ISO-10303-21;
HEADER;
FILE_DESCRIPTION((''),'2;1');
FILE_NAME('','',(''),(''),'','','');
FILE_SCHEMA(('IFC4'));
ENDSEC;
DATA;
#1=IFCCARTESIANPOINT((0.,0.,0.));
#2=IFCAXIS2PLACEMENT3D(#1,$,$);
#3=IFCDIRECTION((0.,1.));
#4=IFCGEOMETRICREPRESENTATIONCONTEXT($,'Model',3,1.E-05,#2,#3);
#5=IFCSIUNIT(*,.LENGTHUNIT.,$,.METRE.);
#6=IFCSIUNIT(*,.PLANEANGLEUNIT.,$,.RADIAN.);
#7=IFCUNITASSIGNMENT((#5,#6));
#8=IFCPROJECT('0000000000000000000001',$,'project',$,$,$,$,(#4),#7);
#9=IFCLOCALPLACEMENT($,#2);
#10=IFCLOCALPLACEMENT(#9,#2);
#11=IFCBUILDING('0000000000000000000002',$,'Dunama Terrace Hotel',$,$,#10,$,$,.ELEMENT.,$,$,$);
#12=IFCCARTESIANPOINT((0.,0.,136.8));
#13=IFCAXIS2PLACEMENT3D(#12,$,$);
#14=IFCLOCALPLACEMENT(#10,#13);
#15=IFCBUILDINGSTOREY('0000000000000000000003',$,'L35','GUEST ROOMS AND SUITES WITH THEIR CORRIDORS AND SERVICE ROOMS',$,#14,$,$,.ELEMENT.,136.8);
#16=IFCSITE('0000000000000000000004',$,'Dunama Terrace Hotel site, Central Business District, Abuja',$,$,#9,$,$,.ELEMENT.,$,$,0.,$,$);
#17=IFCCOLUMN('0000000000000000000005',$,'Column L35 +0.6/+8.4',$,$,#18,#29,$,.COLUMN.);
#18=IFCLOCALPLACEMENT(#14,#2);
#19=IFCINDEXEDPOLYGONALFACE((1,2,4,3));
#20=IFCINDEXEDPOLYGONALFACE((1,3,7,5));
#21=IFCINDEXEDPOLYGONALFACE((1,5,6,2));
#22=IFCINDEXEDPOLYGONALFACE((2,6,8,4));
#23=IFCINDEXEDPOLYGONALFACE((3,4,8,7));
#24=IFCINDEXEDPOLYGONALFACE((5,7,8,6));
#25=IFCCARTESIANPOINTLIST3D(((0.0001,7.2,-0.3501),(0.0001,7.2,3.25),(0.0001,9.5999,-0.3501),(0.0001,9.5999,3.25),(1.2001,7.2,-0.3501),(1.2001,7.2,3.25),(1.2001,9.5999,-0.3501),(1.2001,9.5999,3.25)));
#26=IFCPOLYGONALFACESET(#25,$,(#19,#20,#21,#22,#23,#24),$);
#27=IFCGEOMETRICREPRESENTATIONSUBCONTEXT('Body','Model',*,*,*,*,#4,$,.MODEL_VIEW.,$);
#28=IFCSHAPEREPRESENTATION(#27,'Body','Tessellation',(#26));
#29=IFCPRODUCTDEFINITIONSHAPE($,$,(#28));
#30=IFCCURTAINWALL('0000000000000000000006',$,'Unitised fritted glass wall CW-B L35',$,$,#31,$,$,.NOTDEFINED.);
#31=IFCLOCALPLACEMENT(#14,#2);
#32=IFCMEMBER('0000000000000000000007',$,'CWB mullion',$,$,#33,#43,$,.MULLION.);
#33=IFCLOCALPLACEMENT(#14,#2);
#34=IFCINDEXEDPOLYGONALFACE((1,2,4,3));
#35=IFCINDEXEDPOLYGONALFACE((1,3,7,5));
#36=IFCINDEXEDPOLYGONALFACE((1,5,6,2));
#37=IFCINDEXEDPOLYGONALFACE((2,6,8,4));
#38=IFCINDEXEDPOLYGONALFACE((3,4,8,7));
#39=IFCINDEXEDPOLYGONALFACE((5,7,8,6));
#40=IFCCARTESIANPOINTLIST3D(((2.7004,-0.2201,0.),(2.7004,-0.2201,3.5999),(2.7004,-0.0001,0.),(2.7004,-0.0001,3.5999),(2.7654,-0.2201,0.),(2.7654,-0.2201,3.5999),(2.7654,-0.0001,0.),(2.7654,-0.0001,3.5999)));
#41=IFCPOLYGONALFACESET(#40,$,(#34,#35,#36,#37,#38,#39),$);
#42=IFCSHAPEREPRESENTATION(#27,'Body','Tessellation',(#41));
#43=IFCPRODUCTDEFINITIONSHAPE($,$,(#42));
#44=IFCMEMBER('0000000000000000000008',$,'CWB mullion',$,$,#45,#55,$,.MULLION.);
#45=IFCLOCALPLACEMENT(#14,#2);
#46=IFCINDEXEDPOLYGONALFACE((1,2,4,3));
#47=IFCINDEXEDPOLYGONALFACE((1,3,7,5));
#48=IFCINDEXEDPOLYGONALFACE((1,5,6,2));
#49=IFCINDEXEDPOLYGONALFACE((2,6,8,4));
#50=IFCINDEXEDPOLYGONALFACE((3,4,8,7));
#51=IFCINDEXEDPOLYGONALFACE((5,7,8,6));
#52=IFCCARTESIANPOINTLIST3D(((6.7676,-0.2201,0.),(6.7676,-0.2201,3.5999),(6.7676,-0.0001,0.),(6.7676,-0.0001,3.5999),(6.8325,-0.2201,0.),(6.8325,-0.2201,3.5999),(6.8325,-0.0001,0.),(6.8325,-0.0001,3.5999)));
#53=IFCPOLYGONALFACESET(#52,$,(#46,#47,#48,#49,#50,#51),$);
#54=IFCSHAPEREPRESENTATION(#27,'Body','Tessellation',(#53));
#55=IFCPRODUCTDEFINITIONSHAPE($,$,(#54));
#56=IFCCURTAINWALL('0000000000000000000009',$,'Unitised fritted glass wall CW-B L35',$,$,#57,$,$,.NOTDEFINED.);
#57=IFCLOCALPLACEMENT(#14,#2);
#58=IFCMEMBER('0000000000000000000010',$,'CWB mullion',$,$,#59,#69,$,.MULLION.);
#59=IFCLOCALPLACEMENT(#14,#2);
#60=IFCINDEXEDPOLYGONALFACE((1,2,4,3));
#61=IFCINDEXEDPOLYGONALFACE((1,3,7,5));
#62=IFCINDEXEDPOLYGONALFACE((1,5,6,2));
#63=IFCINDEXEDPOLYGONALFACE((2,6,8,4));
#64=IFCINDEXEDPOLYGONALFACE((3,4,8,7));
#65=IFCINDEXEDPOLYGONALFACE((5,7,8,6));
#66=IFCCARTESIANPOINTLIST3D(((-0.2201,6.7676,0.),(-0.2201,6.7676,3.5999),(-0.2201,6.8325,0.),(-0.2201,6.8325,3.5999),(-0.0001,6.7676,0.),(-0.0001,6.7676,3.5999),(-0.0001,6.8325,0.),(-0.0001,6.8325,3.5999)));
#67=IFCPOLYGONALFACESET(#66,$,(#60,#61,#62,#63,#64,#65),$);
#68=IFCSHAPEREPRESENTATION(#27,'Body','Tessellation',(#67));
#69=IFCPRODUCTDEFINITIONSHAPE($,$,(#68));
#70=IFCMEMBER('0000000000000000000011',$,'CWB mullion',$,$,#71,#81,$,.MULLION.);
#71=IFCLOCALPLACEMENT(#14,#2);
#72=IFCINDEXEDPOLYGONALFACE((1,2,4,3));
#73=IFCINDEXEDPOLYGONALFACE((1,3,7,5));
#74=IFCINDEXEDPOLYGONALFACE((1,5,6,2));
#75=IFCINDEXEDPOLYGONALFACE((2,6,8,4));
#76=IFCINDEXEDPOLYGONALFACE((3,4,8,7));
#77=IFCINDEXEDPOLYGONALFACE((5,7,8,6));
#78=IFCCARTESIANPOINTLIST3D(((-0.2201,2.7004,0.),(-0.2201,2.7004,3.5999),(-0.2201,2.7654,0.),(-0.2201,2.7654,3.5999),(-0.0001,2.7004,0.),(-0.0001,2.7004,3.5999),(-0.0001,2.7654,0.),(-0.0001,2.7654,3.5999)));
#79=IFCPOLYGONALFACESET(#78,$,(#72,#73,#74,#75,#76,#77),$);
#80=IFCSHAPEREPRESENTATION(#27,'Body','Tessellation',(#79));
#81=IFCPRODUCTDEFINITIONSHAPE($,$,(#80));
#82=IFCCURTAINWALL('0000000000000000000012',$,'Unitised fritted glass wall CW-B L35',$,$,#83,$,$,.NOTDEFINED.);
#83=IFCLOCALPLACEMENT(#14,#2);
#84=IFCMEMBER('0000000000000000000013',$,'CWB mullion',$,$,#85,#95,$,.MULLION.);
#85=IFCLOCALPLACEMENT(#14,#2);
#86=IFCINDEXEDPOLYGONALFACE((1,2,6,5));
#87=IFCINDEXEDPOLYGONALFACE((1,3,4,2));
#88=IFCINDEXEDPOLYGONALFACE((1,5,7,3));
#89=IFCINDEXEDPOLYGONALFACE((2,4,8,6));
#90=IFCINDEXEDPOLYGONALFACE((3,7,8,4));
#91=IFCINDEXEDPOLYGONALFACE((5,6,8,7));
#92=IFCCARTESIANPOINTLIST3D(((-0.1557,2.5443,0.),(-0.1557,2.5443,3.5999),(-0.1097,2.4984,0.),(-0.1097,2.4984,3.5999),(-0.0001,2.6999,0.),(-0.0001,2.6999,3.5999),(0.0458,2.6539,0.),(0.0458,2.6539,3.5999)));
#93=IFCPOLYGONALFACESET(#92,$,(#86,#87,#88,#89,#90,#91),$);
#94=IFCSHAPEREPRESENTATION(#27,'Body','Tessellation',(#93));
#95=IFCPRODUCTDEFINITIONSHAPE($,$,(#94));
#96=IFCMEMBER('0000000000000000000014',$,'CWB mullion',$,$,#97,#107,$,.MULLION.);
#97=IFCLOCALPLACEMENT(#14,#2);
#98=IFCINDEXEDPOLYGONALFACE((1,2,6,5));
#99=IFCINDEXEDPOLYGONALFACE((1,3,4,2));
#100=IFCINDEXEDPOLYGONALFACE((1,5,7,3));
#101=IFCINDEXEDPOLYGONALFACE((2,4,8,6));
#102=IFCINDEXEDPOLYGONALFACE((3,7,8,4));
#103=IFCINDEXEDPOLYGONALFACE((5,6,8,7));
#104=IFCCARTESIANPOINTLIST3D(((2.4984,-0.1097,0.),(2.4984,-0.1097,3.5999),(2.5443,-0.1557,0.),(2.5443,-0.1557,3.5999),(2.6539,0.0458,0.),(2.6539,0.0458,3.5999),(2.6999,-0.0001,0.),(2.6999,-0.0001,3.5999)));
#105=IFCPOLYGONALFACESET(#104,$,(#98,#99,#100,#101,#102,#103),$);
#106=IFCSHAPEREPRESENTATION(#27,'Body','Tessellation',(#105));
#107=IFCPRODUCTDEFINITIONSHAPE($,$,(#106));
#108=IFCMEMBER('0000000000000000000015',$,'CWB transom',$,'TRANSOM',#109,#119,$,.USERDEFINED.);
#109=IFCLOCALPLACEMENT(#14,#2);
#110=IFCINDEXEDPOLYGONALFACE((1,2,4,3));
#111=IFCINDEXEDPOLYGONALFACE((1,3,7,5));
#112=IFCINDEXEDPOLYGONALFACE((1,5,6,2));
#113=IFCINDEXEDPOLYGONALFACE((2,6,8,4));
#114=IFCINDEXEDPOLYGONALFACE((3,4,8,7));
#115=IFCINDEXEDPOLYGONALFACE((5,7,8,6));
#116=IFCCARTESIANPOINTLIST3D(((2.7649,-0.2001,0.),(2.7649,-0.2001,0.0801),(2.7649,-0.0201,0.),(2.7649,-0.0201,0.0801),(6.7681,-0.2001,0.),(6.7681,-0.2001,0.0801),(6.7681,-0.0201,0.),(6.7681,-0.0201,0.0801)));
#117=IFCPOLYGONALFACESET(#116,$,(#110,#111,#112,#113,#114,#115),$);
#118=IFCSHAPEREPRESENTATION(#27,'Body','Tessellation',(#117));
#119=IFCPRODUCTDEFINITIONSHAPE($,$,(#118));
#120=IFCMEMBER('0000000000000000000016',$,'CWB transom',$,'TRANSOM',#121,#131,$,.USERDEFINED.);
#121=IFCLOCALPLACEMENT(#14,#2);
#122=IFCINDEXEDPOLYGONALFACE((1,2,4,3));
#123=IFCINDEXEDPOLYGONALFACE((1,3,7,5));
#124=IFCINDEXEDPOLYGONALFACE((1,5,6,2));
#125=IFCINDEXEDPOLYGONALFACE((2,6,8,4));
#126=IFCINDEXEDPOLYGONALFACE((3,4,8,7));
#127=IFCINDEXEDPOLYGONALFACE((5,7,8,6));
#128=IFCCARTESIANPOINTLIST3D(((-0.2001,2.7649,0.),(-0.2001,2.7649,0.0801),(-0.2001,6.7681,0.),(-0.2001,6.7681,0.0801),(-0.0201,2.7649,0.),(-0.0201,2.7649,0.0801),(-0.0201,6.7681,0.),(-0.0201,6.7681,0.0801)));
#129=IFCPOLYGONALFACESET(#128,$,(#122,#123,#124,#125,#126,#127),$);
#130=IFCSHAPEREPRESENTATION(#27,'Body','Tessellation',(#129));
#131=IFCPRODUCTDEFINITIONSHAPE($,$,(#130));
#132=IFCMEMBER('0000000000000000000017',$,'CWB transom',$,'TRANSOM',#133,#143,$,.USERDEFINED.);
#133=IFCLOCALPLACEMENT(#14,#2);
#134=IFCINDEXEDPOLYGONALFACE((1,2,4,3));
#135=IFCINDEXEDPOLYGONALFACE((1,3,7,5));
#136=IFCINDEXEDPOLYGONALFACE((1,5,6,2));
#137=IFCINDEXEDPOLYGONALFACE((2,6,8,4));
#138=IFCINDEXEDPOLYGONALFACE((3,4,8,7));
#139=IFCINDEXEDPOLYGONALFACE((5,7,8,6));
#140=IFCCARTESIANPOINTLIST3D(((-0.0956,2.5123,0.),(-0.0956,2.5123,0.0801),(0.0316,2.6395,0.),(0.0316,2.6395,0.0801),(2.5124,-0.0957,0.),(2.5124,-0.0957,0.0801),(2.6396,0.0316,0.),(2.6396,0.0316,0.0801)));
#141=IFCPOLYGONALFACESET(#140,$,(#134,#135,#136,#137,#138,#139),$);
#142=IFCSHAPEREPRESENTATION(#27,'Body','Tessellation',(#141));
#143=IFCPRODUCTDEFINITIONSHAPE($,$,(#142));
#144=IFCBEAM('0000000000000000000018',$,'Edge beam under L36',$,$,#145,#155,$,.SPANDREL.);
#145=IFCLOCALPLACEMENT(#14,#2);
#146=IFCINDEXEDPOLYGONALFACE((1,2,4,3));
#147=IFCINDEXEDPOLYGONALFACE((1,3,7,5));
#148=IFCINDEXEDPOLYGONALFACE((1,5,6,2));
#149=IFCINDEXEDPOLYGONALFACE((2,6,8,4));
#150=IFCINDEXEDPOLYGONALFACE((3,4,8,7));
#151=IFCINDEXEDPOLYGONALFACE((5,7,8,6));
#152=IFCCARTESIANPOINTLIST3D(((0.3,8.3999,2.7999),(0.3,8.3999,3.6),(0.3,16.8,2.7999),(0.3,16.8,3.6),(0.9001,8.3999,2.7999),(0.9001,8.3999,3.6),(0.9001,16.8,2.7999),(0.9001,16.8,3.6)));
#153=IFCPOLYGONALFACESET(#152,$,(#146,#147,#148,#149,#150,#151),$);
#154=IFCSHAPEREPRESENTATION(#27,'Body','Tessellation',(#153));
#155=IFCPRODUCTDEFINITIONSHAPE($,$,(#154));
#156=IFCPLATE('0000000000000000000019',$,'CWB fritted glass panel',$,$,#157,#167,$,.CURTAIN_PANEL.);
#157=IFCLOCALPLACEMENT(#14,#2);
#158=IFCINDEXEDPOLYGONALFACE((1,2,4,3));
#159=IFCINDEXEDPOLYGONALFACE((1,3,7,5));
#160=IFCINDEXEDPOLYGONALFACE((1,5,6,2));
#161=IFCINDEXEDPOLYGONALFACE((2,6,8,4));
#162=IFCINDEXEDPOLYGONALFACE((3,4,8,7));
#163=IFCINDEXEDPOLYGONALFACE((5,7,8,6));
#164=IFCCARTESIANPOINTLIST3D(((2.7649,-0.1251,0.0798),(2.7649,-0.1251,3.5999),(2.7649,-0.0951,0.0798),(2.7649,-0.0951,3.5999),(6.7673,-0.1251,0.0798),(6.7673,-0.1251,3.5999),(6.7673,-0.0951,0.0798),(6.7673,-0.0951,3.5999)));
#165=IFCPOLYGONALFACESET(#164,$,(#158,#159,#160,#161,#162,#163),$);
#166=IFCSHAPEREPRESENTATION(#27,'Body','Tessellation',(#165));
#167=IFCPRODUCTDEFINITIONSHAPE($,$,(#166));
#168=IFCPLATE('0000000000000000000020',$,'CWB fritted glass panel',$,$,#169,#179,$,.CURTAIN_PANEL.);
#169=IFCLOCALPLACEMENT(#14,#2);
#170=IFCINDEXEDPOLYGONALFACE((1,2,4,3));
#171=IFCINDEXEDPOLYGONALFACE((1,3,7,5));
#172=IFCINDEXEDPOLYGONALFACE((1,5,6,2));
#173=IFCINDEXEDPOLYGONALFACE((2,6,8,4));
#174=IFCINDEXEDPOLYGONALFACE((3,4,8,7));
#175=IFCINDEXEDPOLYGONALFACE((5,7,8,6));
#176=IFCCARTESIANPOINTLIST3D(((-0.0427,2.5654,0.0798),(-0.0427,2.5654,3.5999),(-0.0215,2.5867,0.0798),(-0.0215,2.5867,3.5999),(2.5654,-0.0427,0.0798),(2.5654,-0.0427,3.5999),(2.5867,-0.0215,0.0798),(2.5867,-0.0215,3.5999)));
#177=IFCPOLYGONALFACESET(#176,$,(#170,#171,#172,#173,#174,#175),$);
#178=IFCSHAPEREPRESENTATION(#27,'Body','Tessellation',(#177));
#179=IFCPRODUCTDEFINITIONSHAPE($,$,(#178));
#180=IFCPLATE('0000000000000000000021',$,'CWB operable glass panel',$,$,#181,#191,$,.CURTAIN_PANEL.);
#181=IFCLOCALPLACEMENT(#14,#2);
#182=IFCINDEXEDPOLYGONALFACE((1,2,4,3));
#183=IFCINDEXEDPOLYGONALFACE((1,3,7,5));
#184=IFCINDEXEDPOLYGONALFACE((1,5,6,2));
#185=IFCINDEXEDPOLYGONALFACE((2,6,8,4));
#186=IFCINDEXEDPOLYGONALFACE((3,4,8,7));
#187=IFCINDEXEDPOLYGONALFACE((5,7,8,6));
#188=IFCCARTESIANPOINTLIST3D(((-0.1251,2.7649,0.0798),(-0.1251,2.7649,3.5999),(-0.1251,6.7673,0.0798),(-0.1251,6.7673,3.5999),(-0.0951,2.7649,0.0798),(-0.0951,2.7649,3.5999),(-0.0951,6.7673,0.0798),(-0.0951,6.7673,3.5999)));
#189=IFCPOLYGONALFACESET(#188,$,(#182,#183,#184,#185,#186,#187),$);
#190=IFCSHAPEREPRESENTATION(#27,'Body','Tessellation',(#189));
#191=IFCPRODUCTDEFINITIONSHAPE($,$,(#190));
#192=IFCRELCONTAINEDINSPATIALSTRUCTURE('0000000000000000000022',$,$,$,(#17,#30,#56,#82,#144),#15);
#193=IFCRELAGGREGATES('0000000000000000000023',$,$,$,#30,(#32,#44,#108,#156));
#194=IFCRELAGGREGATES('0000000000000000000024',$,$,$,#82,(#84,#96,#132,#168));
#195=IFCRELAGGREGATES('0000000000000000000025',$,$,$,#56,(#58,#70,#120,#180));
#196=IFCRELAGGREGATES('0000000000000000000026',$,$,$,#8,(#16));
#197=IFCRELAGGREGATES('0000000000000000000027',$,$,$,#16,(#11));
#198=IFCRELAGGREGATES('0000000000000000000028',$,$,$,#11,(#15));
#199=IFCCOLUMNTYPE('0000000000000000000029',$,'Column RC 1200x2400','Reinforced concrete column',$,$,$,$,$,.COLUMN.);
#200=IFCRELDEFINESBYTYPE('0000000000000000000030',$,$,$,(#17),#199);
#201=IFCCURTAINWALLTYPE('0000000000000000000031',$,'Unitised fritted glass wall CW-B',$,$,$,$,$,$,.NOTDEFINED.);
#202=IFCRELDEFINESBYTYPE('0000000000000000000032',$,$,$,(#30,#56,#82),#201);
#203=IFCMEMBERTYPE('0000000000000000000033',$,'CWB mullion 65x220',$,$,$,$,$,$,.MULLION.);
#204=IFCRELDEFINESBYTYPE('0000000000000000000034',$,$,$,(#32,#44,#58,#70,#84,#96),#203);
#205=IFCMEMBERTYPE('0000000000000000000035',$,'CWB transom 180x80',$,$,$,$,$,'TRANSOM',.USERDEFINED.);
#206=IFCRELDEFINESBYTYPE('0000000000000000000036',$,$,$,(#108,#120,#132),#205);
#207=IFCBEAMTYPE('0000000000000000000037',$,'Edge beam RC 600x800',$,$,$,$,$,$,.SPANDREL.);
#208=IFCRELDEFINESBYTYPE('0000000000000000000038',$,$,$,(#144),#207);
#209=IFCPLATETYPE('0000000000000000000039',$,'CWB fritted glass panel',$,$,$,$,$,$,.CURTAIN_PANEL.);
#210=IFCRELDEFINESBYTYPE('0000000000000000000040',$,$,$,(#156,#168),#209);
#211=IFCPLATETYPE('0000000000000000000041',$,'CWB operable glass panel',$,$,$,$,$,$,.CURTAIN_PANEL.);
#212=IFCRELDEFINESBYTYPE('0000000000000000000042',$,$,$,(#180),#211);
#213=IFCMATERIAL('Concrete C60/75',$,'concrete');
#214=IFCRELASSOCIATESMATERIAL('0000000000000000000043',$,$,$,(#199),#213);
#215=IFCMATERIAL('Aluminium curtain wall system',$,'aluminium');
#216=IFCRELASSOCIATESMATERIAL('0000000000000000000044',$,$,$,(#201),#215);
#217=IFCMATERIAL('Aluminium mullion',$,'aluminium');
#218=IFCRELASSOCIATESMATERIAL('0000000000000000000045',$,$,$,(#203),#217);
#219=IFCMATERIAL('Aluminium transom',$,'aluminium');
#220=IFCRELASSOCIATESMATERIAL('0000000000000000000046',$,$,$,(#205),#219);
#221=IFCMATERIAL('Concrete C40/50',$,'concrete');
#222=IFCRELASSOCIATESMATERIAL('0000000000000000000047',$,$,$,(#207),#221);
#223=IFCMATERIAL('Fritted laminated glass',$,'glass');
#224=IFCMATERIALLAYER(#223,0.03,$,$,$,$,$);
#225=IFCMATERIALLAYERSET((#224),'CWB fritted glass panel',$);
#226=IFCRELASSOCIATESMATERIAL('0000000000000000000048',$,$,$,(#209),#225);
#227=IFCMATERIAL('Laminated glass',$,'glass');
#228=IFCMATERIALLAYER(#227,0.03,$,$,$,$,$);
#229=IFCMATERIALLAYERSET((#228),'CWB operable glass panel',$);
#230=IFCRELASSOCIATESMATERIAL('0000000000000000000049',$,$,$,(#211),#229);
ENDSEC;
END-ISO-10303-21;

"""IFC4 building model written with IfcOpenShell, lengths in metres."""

from ifc_helpers import new_model, si_unit, direction, frame, origin, origin_2d, place, context, subcontext, project, spatial, rectangle, extrude, material, layer, layer_set, material_profile, profile_set, type_object, element, aggregate, save


model = new_model("IFC4")

# Units and contexts
model_context = context("Model", 3, precision=1e-05, world=origin(), true_north=direction((0.0, 1.0)))
body_context = subcontext(model_context, "Body", "Model", "MODEL_VIEW")
ifc_project = project(units=[si_unit("LENGTHUNIT", "METRE"), si_unit("PLANEANGLEUNIT", "RADIAN")], contexts=[model_context])

# Site, building, storey
site_placement = place(None, origin())
site = spatial("IfcSite", under=ifc_project, at=site_placement, Name="Dunama Terrace Hotel site, Central Business District, Abuja", CompositionType="ELEMENT", RefElevation=0.0)
building_placement = place(site_placement, origin())
building = spatial("IfcBuilding", under=site, at=building_placement, Name="Dunama Terrace Hotel", CompositionType="ELEMENT")
storey_placement = place(building_placement, frame((0.0, 0.0, 136.8)))
storey = spatial("IfcBuildingStorey", under=building, at=storey_placement, Name="L35", Description="GUEST ROOMS AND SUITES WITH THEIR CORRIDORS AND SERVICE ROOMS", CompositionType="ELEMENT", Elevation=136.8)

# Column
ifc_material_1 = material(Name="Concrete C60/75", Category="concrete")
ifc_material_profile_1 = material_profile(ifc_material_1, rectangle(XDim=1.2, YDim=2.3999, at=origin_2d()), Name="RC 1200x2400")
ifc_profile_set_1 = profile_set([ifc_material_profile_1], Name="Concrete C60/75")
column_type = type_object("IfcColumnType", Name="Column RC 1200x2400", Description="Reinforced concrete column", PredefinedType="COLUMN", material=ifc_profile_set_1)
column_placement = place(storey_placement, frame((0.6001, 8.3999, -0.3501), z_axis=(0.0, 0.0, 1.0), x_axis=(1.0, 0.0, 0.0)))
element("IfcColumn", 1, at=column_placement, inside=storey, type_object=column_type, Name="Column L35 +0.6/+8.4", PredefinedType="COLUMN", context=body_context, shape_type="SweptSolid", body=[
    extrude(rectangle(XDim=1.2, YDim=2.3999, at=origin_2d()), origin(), (0.0, 0.0, 1.0), 3.6001),
])

# Curtain walls, members
ifc_material_2 = material(Name="Aluminium curtain wall system", Category="aluminium")
curtain_wall_type = type_object("IfcCurtainWallType", Name="Unitised fritted glass wall CW-B", PredefinedType="NOTDEFINED", material=ifc_material_2)
curtain_wall_1_placement = place(storey_placement, origin())
curtain_wall_1 = element("IfcCurtainWall", 2, at=curtain_wall_1_placement, inside=storey, type_object=curtain_wall_type, Name="Unitised fritted glass wall CW-B L35", PredefinedType="NOTDEFINED")
ifc_material_3 = material(Name="Aluminium mullion", Category="aluminium")
ifc_material_profile_2 = material_profile(ifc_material_3, rectangle(XDim=0.0649, YDim=0.22, at=origin_2d()), Name="CWB MULLION 65X220")
ifc_profile_set_2 = profile_set([ifc_material_profile_2], Name="Aluminium mullion")
member_type_1 = type_object("IfcMemberType", Name="CWB mullion 65x220", PredefinedType="MULLION", material=ifc_profile_set_2)
member_1_placement = place(storey_placement, frame((2.7329, -0.1101, 0.0), z_axis=(0.0, 0.0, 1.0), x_axis=(1.0, 0.0, 0.0)))
member_1 = element("IfcMember", 3, at=member_1_placement, type_object=member_type_1, Name="CWB mullion", PredefinedType="MULLION", context=body_context, shape_type="SweptSolid", body=[
    extrude(rectangle(XDim=0.0649, YDim=0.22, at=origin_2d()), origin(), (0.0, 0.0, 1.0), 3.5999),
])
member_2_placement = place(storey_placement, frame((6.8, -0.1101, 0.0), z_axis=(0.0, 0.0, 1.0), x_axis=(1.0, 0.0, 0.0)))
member_2 = element("IfcMember", 4, at=member_2_placement, type_object=member_type_1, Name="CWB mullion", PredefinedType="MULLION", context=body_context, shape_type="SweptSolid", body=[
    extrude(rectangle(XDim=0.0649, YDim=0.22, at=origin_2d()), origin(), (0.0, 0.0, 1.0), 3.5999),
])
curtain_wall_2_placement = place(storey_placement, origin())
curtain_wall_2 = element("IfcCurtainWall", 5, at=curtain_wall_2_placement, inside=storey, type_object=curtain_wall_type, Name="Unitised fritted glass wall CW-B L35", PredefinedType="NOTDEFINED")
member_3_placement = place(storey_placement, frame((-0.1101, 6.8, 0.0), z_axis=(0.0, 0.0, 1.0), x_axis=(0.0, -1.0, 0.0)))
member_3 = element("IfcMember", 6, at=member_3_placement, type_object=member_type_1, Name="CWB mullion", PredefinedType="MULLION", context=body_context, shape_type="SweptSolid", body=[
    extrude(rectangle(XDim=0.0649, YDim=0.22, at=origin_2d()), origin(), (0.0, 0.0, 1.0), 3.5999),
])
member_4_placement = place(storey_placement, frame((-0.1101, 2.7329, 0.0), z_axis=(0.0, 0.0, 1.0), x_axis=(0.0, -1.0, 0.0)))
member_4 = element("IfcMember", 7, at=member_4_placement, type_object=member_type_1, Name="CWB mullion", PredefinedType="MULLION", context=body_context, shape_type="SweptSolid", body=[
    extrude(rectangle(XDim=0.0649, YDim=0.22, at=origin_2d()), origin(), (0.0, 0.0, 1.0), 3.5999),
])
curtain_wall_3_placement = place(storey_placement, origin())
curtain_wall_3 = element("IfcCurtainWall", 8, at=curtain_wall_3_placement, inside=storey, type_object=curtain_wall_type, Name="Unitised fritted glass wall CW-B L35", PredefinedType="NOTDEFINED")
member_5_placement = place(storey_placement, frame((-0.0549, 2.5991, 0.0), z_axis=(0.0, 0.0, 1.0), x_axis=(0.707107, -0.707107, 0.0)))
member_5 = element("IfcMember", 9, at=member_5_placement, type_object=member_type_1, Name="CWB mullion", PredefinedType="MULLION", context=body_context, shape_type="SweptSolid", body=[
    extrude(rectangle(XDim=0.0649, YDim=0.22, at=origin_2d()), origin(), (0.0, 0.0, 1.0), 3.5999),
])
member_6_placement = place(storey_placement, frame((2.5991, -0.0549, 0.0), z_axis=(0.0, 0.0, 1.0), x_axis=(0.707107, -0.707107, 0.0)))
member_6 = element("IfcMember", 10, at=member_6_placement, type_object=member_type_1, Name="CWB mullion", PredefinedType="MULLION", context=body_context, shape_type="SweptSolid", body=[
    extrude(rectangle(XDim=0.0649, YDim=0.22, at=origin_2d()), origin(), (0.0, 0.0, 1.0), 3.5999),
])

# Members
ifc_material_4 = material(Name="Aluminium transom", Category="aluminium")
ifc_material_profile_3 = material_profile(ifc_material_4, rectangle(XDim=0.1799, YDim=0.0801, at=origin_2d()), Name="CWB TRANSOM 180X80")
ifc_profile_set_3 = profile_set([ifc_material_profile_3], Name="Aluminium transom")
member_type_2 = type_object("IfcMemberType", Name="CWB transom 180x80", ElementType="TRANSOM", PredefinedType="USERDEFINED", material=ifc_profile_set_3)
member_7_placement = place(storey_placement, frame((2.7649, -0.1101, 0.04), z_axis=(1.0, 0.0, 0.0), x_axis=(0.0, 1.0, 0.0)))
member_7 = element("IfcMember", 11, at=member_7_placement, type_object=member_type_2, Name="CWB transom", ObjectType="TRANSOM", PredefinedType="USERDEFINED", context=body_context, shape_type="SweptSolid", body=[
    extrude(rectangle(XDim=0.1799, YDim=0.0801, at=origin_2d()), origin(), (0.0, 0.0, 1.0), 4.0032),
])
member_8_placement = place(storey_placement, frame((-0.1101, 6.7681, 0.04), z_axis=(0.0, -1.0, 0.0), x_axis=(1.0, 0.0, 0.0)))
member_8 = element("IfcMember", 12, at=member_8_placement, type_object=member_type_2, Name="CWB transom", ObjectType="TRANSOM", PredefinedType="USERDEFINED", context=body_context, shape_type="SweptSolid", body=[
    extrude(rectangle(XDim=0.1799, YDim=0.0801, at=origin_2d()), origin(), (0.0, 0.0, 1.0), 4.0032),
])
member_9_placement = place(storey_placement, frame((-0.032, 2.5759, 0.04), z_axis=(0.707107, -0.707107, 0.0), x_axis=(0.707107, 0.707107, 0.0)))
member_9 = element("IfcMember", 13, at=member_9_placement, type_object=member_type_2, Name="CWB transom", ObjectType="TRANSOM", PredefinedType="USERDEFINED", context=body_context, shape_type="SweptSolid", body=[
    extrude(rectangle(XDim=0.1799, YDim=0.0801, at=origin_2d()), origin(), (0.0, 0.0, 1.0), 3.6882),
])

# Beam
ifc_material_5 = material(Name="Concrete C40/50", Category="concrete")
ifc_material_profile_4 = material_profile(ifc_material_5, rectangle(XDim=0.6001, YDim=0.8, at=origin_2d()), Name="RC 600x800")
ifc_profile_set_4 = profile_set([ifc_material_profile_4], Name="Concrete C40/50")
beam_type = type_object("IfcBeamType", Name="Edge beam RC 600x800", PredefinedType="SPANDREL", material=ifc_profile_set_4)
beam_placement = place(storey_placement, frame((0.6001, 8.3999, 3.2), z_axis=(0.0, 1.0, 0.0), x_axis=(-1.0, 0.0, 0.0)))
element("IfcBeam", 14, at=beam_placement, inside=storey, type_object=beam_type, Name="Edge beam under L36", PredefinedType="SPANDREL", context=body_context, shape_type="SweptSolid", body=[
    extrude(rectangle(XDim=0.6001, YDim=0.8, at=origin_2d()), origin(), (0.0, 0.0, 1.0), 8.4001),
])

# Plates
ifc_material_6 = material(Name="Fritted laminated glass", Category="glass")
ifc_layer_1 = layer(ifc_material_6, 0.03)
ifc_layer_set_1 = layer_set([ifc_layer_1], Name="CWB fritted glass panel")
plate_type_1 = type_object("IfcPlateType", Name="CWB fritted glass panel", PredefinedType="CURTAIN_PANEL", material=ifc_layer_set_1)
plate_1_placement = place(storey_placement, frame((4.7661, -0.1101, 0.0798), z_axis=(0.0, 0.0, 1.0), x_axis=(1.0, 0.0, 0.0)))
plate_1 = element("IfcPlate", 15, at=plate_1_placement, type_object=plate_type_1, Name="CWB fritted glass panel", PredefinedType="CURTAIN_PANEL", context=body_context, shape_type="SweptSolid", body=[
    extrude(rectangle(XDim=4.0024, YDim=0.03, at=origin_2d()), origin(), (0.0, 0.0, 1.0), 3.52),
])
aggregate(curtain_wall_1, [member_1, member_2, member_7, plate_1])
plate_2_placement = place(storey_placement, frame((1.272, 1.272, 0.0798), z_axis=(0.0, 0.0, 1.0), x_axis=(0.707107, -0.707107, 0.0)))
plate_2 = element("IfcPlate", 16, at=plate_2_placement, type_object=plate_type_1, Name="CWB fritted glass panel", PredefinedType="CURTAIN_PANEL", context=body_context, shape_type="SweptSolid", body=[
    extrude(rectangle(XDim=3.6885, YDim=0.03, at=origin_2d()), origin(), (0.0, 0.0, 1.0), 3.52),
])
aggregate(curtain_wall_3, [member_5, member_6, member_9, plate_2])
ifc_material_7 = material(Name="Laminated glass", Category="glass")
ifc_layer_2 = layer(ifc_material_7, 0.03)
ifc_layer_set_2 = layer_set([ifc_layer_2], Name="CWB operable glass panel")
plate_type_2 = type_object("IfcPlateType", Name="CWB operable glass panel", PredefinedType="CURTAIN_PANEL", material=ifc_layer_set_2)
plate_3_placement = place(storey_placement, frame((-0.1101, 4.7661, 0.0798), z_axis=(0.0, 0.0, 1.0), x_axis=(0.0, -1.0, 0.0)))
plate_3 = element("IfcPlate", 17, at=plate_3_placement, type_object=plate_type_2, Name="CWB operable glass panel", PredefinedType="CURTAIN_PANEL", context=body_context, shape_type="SweptSolid", body=[
    extrude(rectangle(XDim=4.0024, YDim=0.03, at=origin_2d()), origin(), (0.0, 0.0, 1.0), 3.52),
])
aggregate(curtain_wall_2, [member_3, member_4, member_8, plate_3])

save(model, "model.ifc")
